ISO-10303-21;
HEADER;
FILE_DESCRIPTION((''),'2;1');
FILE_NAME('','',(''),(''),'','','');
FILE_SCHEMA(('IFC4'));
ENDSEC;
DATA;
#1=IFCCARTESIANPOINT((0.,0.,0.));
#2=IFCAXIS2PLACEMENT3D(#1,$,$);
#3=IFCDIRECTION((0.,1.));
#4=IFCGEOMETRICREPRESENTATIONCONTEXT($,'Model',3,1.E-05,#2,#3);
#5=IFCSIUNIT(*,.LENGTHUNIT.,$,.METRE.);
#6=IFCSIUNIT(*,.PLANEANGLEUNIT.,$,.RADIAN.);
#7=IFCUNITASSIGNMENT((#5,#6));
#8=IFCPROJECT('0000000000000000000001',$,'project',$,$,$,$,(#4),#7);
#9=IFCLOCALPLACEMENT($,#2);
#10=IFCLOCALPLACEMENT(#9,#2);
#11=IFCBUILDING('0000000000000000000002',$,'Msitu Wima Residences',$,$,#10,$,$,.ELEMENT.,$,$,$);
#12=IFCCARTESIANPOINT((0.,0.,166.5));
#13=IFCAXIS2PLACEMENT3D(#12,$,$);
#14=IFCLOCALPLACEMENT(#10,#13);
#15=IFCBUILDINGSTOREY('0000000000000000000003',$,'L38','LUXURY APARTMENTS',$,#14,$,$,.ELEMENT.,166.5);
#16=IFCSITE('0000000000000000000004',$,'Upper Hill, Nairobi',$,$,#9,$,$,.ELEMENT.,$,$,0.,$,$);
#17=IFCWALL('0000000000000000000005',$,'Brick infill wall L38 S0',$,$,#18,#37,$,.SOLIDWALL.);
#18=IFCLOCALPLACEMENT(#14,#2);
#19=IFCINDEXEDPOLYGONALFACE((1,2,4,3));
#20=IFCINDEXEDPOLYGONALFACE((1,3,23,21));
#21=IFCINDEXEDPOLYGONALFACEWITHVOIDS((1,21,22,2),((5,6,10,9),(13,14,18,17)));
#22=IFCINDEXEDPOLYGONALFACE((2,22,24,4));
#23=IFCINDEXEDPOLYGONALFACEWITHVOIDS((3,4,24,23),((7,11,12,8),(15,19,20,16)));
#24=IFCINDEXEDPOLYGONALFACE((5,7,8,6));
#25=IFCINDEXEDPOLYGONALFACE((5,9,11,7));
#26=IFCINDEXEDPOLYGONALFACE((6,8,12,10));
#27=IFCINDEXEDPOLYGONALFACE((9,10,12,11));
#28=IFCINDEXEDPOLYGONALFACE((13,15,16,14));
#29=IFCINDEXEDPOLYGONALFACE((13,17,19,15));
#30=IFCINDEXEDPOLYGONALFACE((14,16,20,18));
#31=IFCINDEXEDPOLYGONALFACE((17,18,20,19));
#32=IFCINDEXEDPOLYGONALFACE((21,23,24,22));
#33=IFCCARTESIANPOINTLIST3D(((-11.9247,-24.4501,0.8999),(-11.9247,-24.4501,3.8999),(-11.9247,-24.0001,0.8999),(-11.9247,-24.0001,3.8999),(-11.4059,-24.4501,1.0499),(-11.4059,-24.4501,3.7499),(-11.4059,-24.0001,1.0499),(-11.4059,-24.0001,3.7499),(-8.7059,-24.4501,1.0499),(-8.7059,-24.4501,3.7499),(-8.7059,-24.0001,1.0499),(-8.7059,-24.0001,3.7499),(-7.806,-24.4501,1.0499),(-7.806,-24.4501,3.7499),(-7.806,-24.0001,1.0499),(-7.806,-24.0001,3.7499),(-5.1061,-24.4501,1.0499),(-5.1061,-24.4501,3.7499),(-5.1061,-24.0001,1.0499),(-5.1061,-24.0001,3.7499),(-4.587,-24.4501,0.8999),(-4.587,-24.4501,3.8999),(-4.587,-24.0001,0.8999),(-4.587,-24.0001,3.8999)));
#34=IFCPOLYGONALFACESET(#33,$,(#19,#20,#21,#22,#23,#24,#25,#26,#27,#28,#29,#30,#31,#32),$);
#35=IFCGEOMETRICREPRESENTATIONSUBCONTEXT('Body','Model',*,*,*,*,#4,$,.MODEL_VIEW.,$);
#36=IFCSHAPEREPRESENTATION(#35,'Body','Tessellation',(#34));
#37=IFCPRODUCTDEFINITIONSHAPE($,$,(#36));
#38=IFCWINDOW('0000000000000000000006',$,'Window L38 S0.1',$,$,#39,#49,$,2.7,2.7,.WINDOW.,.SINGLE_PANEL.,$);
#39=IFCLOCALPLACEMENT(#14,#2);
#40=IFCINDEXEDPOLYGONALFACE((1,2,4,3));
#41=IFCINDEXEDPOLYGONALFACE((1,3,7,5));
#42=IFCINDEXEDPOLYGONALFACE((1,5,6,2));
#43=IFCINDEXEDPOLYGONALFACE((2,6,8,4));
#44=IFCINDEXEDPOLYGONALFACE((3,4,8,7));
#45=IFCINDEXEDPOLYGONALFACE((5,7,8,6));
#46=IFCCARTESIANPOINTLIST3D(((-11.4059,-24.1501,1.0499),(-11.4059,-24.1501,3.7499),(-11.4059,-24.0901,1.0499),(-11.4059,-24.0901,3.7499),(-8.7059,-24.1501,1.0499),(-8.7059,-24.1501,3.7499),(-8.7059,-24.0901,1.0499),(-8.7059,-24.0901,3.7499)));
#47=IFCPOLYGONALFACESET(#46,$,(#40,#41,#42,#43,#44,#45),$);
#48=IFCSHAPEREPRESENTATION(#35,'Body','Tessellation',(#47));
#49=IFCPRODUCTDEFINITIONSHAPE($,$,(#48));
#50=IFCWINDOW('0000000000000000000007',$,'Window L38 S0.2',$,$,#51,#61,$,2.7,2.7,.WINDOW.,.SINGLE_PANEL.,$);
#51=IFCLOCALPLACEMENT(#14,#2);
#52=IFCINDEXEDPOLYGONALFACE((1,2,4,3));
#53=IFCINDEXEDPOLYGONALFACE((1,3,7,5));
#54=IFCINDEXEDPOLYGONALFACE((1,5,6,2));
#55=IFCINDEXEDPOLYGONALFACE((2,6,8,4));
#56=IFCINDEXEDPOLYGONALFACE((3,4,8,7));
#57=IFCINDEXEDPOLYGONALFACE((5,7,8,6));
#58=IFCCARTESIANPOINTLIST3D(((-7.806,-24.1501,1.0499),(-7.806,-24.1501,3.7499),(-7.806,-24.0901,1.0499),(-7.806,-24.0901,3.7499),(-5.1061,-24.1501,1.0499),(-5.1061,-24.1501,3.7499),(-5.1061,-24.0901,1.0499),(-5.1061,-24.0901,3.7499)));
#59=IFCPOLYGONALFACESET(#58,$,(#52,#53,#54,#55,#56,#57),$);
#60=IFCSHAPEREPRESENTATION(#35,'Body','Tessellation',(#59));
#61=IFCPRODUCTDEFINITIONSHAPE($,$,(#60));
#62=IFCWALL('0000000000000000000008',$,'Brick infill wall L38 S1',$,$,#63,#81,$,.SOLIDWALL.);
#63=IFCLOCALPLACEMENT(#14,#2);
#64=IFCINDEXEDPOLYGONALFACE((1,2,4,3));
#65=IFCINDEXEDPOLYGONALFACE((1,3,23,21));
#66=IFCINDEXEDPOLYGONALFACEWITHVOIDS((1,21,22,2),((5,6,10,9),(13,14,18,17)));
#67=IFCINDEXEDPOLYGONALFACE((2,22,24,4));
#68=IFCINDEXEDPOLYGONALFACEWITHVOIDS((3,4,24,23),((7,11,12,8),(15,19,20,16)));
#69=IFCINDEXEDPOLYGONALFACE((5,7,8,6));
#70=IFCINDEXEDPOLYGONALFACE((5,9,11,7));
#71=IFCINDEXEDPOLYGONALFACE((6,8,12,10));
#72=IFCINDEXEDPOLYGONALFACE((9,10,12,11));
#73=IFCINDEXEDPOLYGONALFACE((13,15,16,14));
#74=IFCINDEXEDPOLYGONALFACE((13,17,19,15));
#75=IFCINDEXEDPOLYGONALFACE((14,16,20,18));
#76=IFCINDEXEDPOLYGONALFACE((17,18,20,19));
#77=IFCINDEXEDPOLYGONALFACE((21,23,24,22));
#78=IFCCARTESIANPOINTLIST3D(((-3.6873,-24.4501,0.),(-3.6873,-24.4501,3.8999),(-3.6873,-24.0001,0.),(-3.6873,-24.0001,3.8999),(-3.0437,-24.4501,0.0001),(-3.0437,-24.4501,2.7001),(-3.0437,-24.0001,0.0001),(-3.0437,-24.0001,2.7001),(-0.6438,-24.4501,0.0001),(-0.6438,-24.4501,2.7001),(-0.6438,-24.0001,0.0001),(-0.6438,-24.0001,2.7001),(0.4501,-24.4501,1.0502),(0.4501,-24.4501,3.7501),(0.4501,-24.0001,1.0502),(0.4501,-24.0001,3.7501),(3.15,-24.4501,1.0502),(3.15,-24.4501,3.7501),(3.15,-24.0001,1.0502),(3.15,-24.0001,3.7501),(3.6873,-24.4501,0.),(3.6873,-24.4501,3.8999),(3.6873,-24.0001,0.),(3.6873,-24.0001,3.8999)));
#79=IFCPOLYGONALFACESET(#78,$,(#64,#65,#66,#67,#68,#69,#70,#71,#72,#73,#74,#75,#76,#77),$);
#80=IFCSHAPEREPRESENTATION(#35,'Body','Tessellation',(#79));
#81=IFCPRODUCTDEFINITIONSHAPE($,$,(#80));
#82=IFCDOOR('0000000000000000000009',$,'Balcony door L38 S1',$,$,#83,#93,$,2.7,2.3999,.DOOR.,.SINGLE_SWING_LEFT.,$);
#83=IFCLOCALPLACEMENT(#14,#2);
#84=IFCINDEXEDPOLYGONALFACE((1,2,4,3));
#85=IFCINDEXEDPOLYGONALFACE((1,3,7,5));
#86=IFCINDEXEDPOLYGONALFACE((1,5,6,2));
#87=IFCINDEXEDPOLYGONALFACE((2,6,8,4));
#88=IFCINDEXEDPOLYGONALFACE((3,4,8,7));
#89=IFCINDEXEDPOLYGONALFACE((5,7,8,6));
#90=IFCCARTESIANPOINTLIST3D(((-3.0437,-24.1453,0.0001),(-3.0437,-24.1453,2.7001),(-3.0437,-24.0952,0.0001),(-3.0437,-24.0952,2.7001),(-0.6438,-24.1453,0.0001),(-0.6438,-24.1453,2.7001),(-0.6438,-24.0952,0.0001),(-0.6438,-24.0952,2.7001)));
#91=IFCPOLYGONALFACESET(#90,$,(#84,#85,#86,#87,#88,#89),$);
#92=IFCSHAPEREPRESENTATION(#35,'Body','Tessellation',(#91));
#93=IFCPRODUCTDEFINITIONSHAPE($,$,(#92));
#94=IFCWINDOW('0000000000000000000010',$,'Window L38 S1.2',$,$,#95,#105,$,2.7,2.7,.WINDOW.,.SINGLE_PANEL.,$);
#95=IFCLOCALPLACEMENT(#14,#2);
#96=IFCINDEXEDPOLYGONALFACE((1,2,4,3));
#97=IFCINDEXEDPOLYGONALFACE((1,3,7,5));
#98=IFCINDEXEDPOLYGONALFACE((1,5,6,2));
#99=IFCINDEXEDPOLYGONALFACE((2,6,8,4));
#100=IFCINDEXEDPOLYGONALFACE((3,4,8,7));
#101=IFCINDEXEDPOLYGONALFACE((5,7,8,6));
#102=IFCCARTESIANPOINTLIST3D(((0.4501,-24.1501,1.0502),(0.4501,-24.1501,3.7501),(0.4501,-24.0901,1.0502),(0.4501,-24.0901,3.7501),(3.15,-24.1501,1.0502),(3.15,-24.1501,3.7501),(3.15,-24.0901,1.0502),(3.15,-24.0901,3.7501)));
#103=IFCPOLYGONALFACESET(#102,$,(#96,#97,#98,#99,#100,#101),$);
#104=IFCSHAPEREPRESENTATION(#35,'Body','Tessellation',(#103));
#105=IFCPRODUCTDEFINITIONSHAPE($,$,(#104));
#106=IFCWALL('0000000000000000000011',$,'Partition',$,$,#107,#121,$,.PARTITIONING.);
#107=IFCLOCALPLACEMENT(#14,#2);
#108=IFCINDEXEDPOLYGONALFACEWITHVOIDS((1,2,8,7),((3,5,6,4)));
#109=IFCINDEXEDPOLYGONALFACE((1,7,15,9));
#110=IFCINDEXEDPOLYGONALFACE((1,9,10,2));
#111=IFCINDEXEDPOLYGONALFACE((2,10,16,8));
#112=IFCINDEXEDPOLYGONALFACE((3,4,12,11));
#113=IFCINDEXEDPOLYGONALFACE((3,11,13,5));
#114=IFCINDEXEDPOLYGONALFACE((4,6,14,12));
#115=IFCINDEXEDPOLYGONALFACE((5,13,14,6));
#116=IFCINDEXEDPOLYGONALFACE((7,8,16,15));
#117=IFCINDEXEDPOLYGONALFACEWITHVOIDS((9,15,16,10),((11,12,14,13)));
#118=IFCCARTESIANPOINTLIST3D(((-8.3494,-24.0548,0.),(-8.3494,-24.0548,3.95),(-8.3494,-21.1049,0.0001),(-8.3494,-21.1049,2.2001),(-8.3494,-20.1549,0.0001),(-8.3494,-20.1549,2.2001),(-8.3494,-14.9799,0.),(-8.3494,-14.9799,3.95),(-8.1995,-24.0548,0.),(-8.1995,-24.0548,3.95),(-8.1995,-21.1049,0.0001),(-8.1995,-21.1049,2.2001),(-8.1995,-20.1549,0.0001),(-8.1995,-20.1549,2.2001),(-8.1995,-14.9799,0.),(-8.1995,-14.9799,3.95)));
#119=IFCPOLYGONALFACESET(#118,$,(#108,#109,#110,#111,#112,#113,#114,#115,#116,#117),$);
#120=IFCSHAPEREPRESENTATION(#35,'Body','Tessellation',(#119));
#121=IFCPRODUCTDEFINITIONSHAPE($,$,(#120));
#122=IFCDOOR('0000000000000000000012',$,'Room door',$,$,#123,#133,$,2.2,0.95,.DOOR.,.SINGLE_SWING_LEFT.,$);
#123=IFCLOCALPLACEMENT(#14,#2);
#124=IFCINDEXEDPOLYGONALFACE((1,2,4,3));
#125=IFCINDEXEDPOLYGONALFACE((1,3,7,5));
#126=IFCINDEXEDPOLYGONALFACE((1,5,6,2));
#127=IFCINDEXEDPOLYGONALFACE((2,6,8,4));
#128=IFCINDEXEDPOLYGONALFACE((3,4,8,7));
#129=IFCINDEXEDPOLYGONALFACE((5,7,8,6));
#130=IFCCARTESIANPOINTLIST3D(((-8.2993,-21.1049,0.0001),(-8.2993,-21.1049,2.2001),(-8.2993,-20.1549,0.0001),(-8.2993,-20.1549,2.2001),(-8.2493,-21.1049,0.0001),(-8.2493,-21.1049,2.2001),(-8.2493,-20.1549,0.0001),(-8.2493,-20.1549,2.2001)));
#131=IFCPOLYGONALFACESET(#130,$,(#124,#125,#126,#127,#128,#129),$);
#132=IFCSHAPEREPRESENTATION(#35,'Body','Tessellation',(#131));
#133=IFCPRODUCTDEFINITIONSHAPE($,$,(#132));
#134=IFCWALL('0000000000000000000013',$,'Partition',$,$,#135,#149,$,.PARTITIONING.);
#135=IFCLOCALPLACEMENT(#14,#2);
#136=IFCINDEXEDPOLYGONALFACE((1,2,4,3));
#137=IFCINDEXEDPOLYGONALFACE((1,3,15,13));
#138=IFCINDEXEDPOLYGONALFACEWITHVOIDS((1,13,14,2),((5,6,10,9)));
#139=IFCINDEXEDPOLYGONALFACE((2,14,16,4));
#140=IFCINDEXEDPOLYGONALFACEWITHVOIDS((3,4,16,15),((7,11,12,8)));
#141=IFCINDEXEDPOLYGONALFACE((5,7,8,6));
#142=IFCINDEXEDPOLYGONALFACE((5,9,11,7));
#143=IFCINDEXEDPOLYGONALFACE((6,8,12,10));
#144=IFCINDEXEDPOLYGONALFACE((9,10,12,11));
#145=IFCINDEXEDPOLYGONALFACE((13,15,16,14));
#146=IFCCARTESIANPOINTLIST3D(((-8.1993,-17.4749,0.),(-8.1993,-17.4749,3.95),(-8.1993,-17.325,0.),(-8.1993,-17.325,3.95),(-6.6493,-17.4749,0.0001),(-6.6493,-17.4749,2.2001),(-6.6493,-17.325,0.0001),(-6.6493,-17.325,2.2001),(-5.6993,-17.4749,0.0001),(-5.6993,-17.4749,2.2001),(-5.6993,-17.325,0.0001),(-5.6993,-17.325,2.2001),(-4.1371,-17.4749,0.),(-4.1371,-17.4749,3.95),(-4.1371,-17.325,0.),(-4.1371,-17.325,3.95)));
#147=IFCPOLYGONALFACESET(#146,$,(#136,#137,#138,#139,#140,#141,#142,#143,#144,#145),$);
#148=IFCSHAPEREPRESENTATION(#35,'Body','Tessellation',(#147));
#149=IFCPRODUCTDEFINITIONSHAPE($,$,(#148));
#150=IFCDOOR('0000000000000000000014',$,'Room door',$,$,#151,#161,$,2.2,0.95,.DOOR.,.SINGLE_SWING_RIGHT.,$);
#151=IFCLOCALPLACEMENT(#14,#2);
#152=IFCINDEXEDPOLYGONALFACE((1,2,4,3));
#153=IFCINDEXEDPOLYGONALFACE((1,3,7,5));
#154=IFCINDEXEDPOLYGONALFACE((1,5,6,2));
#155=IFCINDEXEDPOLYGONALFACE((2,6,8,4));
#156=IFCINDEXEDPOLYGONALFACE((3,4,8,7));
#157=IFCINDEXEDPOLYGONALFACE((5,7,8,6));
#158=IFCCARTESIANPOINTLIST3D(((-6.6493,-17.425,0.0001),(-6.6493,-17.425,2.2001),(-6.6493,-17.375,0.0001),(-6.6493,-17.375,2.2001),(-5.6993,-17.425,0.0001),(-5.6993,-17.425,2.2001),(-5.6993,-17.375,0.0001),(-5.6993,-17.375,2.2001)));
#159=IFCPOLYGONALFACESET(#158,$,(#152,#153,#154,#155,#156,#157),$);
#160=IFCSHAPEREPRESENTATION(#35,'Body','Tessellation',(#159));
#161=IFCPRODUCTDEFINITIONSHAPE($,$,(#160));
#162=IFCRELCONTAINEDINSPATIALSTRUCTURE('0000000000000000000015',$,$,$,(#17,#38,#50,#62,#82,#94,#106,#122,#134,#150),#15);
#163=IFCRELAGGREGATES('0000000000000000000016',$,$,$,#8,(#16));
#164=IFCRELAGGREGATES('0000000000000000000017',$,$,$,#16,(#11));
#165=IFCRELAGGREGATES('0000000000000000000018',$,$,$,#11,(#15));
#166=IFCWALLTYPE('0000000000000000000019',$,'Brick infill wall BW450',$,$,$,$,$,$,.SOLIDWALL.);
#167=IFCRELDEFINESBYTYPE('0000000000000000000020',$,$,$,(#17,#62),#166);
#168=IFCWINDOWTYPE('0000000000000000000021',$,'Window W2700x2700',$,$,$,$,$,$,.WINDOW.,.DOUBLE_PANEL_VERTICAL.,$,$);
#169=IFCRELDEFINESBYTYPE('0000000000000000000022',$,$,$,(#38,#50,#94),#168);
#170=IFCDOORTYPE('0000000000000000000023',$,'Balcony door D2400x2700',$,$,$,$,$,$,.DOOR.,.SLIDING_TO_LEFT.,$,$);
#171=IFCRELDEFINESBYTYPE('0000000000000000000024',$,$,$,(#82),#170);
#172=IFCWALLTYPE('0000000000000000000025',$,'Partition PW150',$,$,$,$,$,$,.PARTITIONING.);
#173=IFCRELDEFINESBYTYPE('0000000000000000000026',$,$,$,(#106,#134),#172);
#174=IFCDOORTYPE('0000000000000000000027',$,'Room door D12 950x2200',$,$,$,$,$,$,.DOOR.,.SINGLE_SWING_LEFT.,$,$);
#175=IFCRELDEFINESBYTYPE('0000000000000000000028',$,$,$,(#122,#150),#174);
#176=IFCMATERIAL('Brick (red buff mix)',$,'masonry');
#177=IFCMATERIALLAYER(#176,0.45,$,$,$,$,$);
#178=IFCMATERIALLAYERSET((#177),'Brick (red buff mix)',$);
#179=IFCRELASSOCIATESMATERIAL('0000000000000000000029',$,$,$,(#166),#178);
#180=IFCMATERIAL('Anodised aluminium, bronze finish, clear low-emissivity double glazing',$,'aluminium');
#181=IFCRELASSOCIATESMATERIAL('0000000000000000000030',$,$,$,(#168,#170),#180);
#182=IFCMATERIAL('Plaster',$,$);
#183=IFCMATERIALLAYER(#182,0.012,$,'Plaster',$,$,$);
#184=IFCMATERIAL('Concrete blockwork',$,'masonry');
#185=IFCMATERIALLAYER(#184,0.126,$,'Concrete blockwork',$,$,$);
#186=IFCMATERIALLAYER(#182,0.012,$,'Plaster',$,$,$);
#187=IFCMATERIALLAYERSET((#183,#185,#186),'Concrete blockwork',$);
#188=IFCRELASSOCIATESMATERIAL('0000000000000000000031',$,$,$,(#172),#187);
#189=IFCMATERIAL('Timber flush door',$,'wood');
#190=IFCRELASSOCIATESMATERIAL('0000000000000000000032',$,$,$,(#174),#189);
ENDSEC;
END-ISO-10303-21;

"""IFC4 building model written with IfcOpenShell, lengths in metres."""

from ifc_helpers import new_model, si_unit, direction, frame, frame_2d, origin, place, context, subcontext, project, spatial, rectangle, extrude, material, layer, layer_set, type_object, element, fill, save


model = new_model("IFC4")

# Units and contexts
model_context = context("Model", 3, precision=1e-05, world=origin(), true_north=direction((0.0, 1.0)))
body_context = subcontext(model_context, "Body", "Model", "MODEL_VIEW")
ifc_project = project(units=[si_unit("LENGTHUNIT", "METRE"), si_unit("PLANEANGLEUNIT", "RADIAN")], contexts=[model_context])

# Site, building, storey
site_placement = place(None, origin())
site = spatial("IfcSite", under=ifc_project, at=site_placement, Name="Upper Hill, Nairobi", CompositionType="ELEMENT", RefElevation=0.0)
building_placement = place(site_placement, origin())
building = spatial("IfcBuilding", under=site, at=building_placement, Name="Msitu Wima Residences", CompositionType="ELEMENT")
storey_placement = place(building_placement, frame((0.0, 0.0, 166.5)))
storey = spatial("IfcBuildingStorey", under=building, at=storey_placement, Name="L38", Description="LUXURY APARTMENTS", CompositionType="ELEMENT", Elevation=166.5)

# Wall, openings, windows
ifc_material_1 = material(Name="Brick (red buff mix)", Category="masonry")
ifc_layer_1 = layer(ifc_material_1, 0.45)
ifc_layer_set_1 = layer_set([ifc_layer_1], Name="Brick (red buff mix)")
wall_type_1 = type_object("IfcWallType", Name="Brick infill wall BW450", PredefinedType="SOLIDWALL", material=ifc_layer_set_1)
wall_1_placement = place(storey_placement, frame((-11.9248, -24.2251, 0.8999), z_axis=(0.0, 0.0, 1.0), x_axis=(1.0, 0.0, 0.0)))
wall_1 = element("IfcWall", 1, at=wall_1_placement, inside=storey, type_object=wall_type_1, Name="Brick infill wall L38 S0", PredefinedType="SOLIDWALL", context=body_context, shape_type="SweptSolid", body=[
    extrude(rectangle(XDim=7.3376, YDim=0.45, at=frame_2d((3.6689, 0.0))), origin(), (0.0, 0.0, 1.0), 3.0),
])
opening_1_placement = place(wall_1_placement, frame((0.5188, 0.0, 0.1499)))
opening_1 = element("IfcOpeningElement", 2, at=opening_1_placement, cuts=wall_1, PredefinedType="OPENING", context=body_context, shape_type="SweptSolid", body=[
    extrude(rectangle(XDim=2.7, YDim=2.7, at=frame_2d((1.3501, 1.3501))), frame((0.0, 0.2349, 0.0), z_axis=(0.0, -1.0, 0.0), x_axis=(1.0, 0.0, 0.0)), (0.0, 0.0, 1.0), 0.47),
])
opening_2_placement = place(wall_1_placement, frame((4.1187, 0.0, 0.1499)))
opening_2 = element("IfcOpeningElement", 3, at=opening_2_placement, cuts=wall_1, PredefinedType="OPENING", context=body_context, shape_type="SweptSolid", body=[
    extrude(rectangle(XDim=2.7, YDim=2.7, at=frame_2d((1.3501, 1.3501))), frame((0.0, 0.2349, 0.0), z_axis=(0.0, -1.0, 0.0), x_axis=(1.0, 0.0, 0.0)), (0.0, 0.0, 1.0), 0.47),
])
ifc_material_2 = material(Name="Anodised aluminium, bronze finish, clear low-emissivity double glazing", Category="aluminium")
window_type = type_object("IfcWindowType", Name="Window W2700x2700", PartitioningType="DOUBLE_PANEL_VERTICAL", PredefinedType="WINDOW", material=ifc_material_2)
window_1_placement = place(opening_1_placement, origin())
window_1 = element("IfcWindow", 4, at=window_1_placement, inside=storey, type_object=window_type, Name="Window L38 S0.1", OverallHeight=2.7, OverallWidth=2.7, PartitioningType="SINGLE_PANEL", PredefinedType="WINDOW", context=body_context, shape_type="SweptSolid", body=[
    extrude(rectangle(XDim=2.7, YDim=2.7, at=frame_2d((1.3501, 1.3501))), frame((0.0, 0.135, 0.0), z_axis=(0.0, -1.0, 0.0), x_axis=(1.0, 0.0, 0.0)), (0.0, 0.0, 1.0), 0.0601),
])
fill(opening_1, window_1)
window_2_placement = place(opening_2_placement, origin())
window_2 = element("IfcWindow", 5, at=window_2_placement, inside=storey, type_object=window_type, Name="Window L38 S0.2", OverallHeight=2.7, OverallWidth=2.7, PartitioningType="SINGLE_PANEL", PredefinedType="WINDOW", context=body_context, shape_type="SweptSolid", body=[
    extrude(rectangle(XDim=2.7, YDim=2.7, at=frame_2d((1.3501, 1.3501))), frame((0.0, 0.135, 0.0), z_axis=(0.0, -1.0, 0.0), x_axis=(1.0, 0.0, 0.0)), (0.0, 0.0, 1.0), 0.0601),
])
fill(opening_2, window_2)

# Wall, openings, door, window
wall_2_placement = place(storey_placement, frame((-3.6873, -24.2251, 0.0), z_axis=(0.0, 0.0, 1.0), x_axis=(1.0, 0.0, 0.0)))
wall_2 = element("IfcWall", 6, at=wall_2_placement, inside=storey, type_object=wall_type_1, Name="Brick infill wall L38 S1", PredefinedType="SOLIDWALL", context=body_context, shape_type="SweptSolid", body=[
    extrude(rectangle(XDim=7.3745, YDim=0.45, at=frame_2d((3.6873, 0.0))), origin(), (0.0, 0.0, 1.0), 3.8999),
])
opening_3_placement = place(wall_2_placement, frame((0.6436, 0.0, 0.0)))
opening_3 = element("IfcOpeningElement", 7, at=opening_3_placement, cuts=wall_2, PredefinedType="OPENING", context=body_context, shape_type="SweptSolid", body=[
    extrude(rectangle(XDim=2.3999, YDim=2.7, at=frame_2d((1.2, 1.3501))), frame((0.0, 0.2349, 0.0), z_axis=(0.0, -1.0, 0.0), x_axis=(1.0, 0.0, 0.0)), (0.0, 0.0, 1.0), 0.47),
])
opening_4_placement = place(wall_2_placement, frame((4.1372, 0.0, 1.05)))
opening_4 = element("IfcOpeningElement", 8, at=opening_4_placement, cuts=wall_2, PredefinedType="OPENING", context=body_context, shape_type="SweptSolid", body=[
    extrude(rectangle(XDim=2.7, YDim=2.7, at=frame_2d((1.3501, 1.3501))), frame((0.0, 0.2349, 0.0), z_axis=(0.0, -1.0, 0.0), x_axis=(1.0, 0.0, 0.0)), (0.0, 0.0, 1.0), 0.47),
])
door_type_1 = type_object("IfcDoorType", Name="Balcony door D2400x2700", OperationType="SLIDING_TO_LEFT", PredefinedType="DOOR", material=ifc_material_2)
door_1_placement = place(opening_3_placement, origin())
door_1 = element("IfcDoor", 9, at=door_1_placement, inside=storey, type_object=door_type_1, Name="Balcony door L38 S1", OperationType="SINGLE_SWING_LEFT", OverallHeight=2.7, OverallWidth=2.3999, PredefinedType="DOOR", context=body_context, shape_type="SweptSolid", body=[
    extrude(rectangle(XDim=2.3999, YDim=2.7, at=frame_2d((1.2, 1.3501))), frame((0.0, 0.1299, 0.0), z_axis=(0.0, -1.0, 0.0), x_axis=(1.0, 0.0, 0.0)), (0.0, 0.0, 1.0), 0.05),
])
fill(opening_3, door_1)
window_3_placement = place(opening_4_placement, origin())
window_3 = element("IfcWindow", 10, at=window_3_placement, inside=storey, type_object=window_type, Name="Window L38 S1.2", OverallHeight=2.7, OverallWidth=2.7, PartitioningType="SINGLE_PANEL", PredefinedType="WINDOW", context=body_context, shape_type="SweptSolid", body=[
    extrude(rectangle(XDim=2.7, YDim=2.7, at=frame_2d((1.3501, 1.3501))), frame((0.0, 0.135, 0.0), z_axis=(0.0, -1.0, 0.0), x_axis=(1.0, 0.0, 0.0)), (0.0, 0.0, 1.0), 0.0601),
])
fill(opening_4, window_3)

# Walls, openings, doors
ifc_material_3 = material(Name="Plaster")
ifc_layer_2 = layer(ifc_material_3, 0.012, Name="Plaster")
ifc_material_4 = material(Name="Concrete blockwork", Category="masonry")
ifc_layer_3 = layer(ifc_material_4, 0.126, Name="Concrete blockwork")
ifc_layer_4 = layer(ifc_material_3, 0.012, Name="Plaster")
ifc_layer_set_2 = layer_set([ifc_layer_2, ifc_layer_3, ifc_layer_4], Name="Concrete blockwork")
wall_type_2 = type_object("IfcWallType", Name="Partition PW150", PredefinedType="PARTITIONING", material=ifc_layer_set_2)
wall_3_placement = place(storey_placement, frame((-8.2744, -24.0549, 0.0), z_axis=(0.0, 0.0, 1.0), x_axis=(0.0, 1.0, 0.0)))
wall_3 = element("IfcWall", 11, at=wall_3_placement, inside=storey, type_object=wall_type_2, Name="Partition", PredefinedType="PARTITIONING", context=body_context, shape_type="SweptSolid", body=[
    extrude(rectangle(XDim=9.075, YDim=0.1499, at=frame_2d((4.5376, 0.0))), origin(), (0.0, 0.0, 1.0), 3.95),
])
opening_5_placement = place(wall_3_placement, frame((2.95, 0.0, 0.0)))
opening_5 = element("IfcOpeningElement", 12, at=opening_5_placement, cuts=wall_3, PredefinedType="OPENING", context=body_context, shape_type="SweptSolid", body=[
    extrude(rectangle(XDim=0.95, YDim=2.2, at=frame_2d((0.4751, 1.1001))), frame((0.0, 0.085, 0.0), z_axis=(0.0, -1.0, 0.0), x_axis=(1.0, 0.0, 0.0)), (0.0, 0.0, 1.0), 0.1699),
])
ifc_material_5 = material(Name="Timber flush door", Category="wood")
door_type_2 = type_object("IfcDoorType", Name="Room door D12 950x2200", OperationType="SINGLE_SWING_LEFT", PredefinedType="DOOR", material=ifc_material_5)
door_2_placement = place(opening_5_placement, origin())
door_2 = element("IfcDoor", 13, at=door_2_placement, inside=storey, type_object=door_type_2, Name="Room door", OperationType="SINGLE_SWING_LEFT", OverallHeight=2.2, OverallWidth=0.95, PredefinedType="DOOR", context=body_context, shape_type="SweptSolid", body=[
    extrude(rectangle(XDim=0.95, YDim=2.2, at=frame_2d((0.4751, 1.1001))), frame((0.0, 0.0249, 0.0), z_axis=(0.0, -1.0, 0.0), x_axis=(1.0, 0.0, 0.0)), (0.0, 0.0, 1.0), 0.05),
])
fill(opening_5, door_2)
wall_4_placement = place(storey_placement, frame((-8.1995, -17.3999, 0.0), z_axis=(0.0, 0.0, 1.0), x_axis=(1.0, 0.0, 0.0)))
wall_4 = element("IfcWall", 14, at=wall_4_placement, inside=storey, type_object=wall_type_2, Name="Partition", PredefinedType="PARTITIONING", context=body_context, shape_type="SweptSolid", body=[
    extrude(rectangle(XDim=4.0623, YDim=0.1499, at=frame_2d((2.0312, 0.0))), origin(), (0.0, 0.0, 1.0), 3.95),
])
opening_6_placement = place(wall_4_placement, frame((1.55, 0.0, 0.0)))
opening_6 = element("IfcOpeningElement", 15, at=opening_6_placement, cuts=wall_4, PredefinedType="OPENING", context=body_context, shape_type="SweptSolid", body=[
    extrude(rectangle(XDim=0.95, YDim=2.2, at=frame_2d((0.4751, 1.1001))), frame((0.0, 0.085, 0.0), z_axis=(0.0, -1.0, 0.0), x_axis=(1.0, 0.0, 0.0)), (0.0, 0.0, 1.0), 0.1699),
])
door_3_placement = place(opening_6_placement, origin())
door_3 = element("IfcDoor", 16, at=door_3_placement, inside=storey, type_object=door_type_2, Name="Room door", OperationType="SINGLE_SWING_RIGHT", OverallHeight=2.2, OverallWidth=0.95, PredefinedType="DOOR", context=body_context, shape_type="SweptSolid", body=[
    extrude(rectangle(XDim=0.95, YDim=2.2, at=frame_2d((0.4751, 1.1001))), frame((0.0, 0.0249, 0.0), z_axis=(0.0, -1.0, 0.0), x_axis=(1.0, 0.0, 0.0)), (0.0, 0.0, 1.0), 0.05),
])
fill(opening_6, door_3)

save(model, "model.ifc")
